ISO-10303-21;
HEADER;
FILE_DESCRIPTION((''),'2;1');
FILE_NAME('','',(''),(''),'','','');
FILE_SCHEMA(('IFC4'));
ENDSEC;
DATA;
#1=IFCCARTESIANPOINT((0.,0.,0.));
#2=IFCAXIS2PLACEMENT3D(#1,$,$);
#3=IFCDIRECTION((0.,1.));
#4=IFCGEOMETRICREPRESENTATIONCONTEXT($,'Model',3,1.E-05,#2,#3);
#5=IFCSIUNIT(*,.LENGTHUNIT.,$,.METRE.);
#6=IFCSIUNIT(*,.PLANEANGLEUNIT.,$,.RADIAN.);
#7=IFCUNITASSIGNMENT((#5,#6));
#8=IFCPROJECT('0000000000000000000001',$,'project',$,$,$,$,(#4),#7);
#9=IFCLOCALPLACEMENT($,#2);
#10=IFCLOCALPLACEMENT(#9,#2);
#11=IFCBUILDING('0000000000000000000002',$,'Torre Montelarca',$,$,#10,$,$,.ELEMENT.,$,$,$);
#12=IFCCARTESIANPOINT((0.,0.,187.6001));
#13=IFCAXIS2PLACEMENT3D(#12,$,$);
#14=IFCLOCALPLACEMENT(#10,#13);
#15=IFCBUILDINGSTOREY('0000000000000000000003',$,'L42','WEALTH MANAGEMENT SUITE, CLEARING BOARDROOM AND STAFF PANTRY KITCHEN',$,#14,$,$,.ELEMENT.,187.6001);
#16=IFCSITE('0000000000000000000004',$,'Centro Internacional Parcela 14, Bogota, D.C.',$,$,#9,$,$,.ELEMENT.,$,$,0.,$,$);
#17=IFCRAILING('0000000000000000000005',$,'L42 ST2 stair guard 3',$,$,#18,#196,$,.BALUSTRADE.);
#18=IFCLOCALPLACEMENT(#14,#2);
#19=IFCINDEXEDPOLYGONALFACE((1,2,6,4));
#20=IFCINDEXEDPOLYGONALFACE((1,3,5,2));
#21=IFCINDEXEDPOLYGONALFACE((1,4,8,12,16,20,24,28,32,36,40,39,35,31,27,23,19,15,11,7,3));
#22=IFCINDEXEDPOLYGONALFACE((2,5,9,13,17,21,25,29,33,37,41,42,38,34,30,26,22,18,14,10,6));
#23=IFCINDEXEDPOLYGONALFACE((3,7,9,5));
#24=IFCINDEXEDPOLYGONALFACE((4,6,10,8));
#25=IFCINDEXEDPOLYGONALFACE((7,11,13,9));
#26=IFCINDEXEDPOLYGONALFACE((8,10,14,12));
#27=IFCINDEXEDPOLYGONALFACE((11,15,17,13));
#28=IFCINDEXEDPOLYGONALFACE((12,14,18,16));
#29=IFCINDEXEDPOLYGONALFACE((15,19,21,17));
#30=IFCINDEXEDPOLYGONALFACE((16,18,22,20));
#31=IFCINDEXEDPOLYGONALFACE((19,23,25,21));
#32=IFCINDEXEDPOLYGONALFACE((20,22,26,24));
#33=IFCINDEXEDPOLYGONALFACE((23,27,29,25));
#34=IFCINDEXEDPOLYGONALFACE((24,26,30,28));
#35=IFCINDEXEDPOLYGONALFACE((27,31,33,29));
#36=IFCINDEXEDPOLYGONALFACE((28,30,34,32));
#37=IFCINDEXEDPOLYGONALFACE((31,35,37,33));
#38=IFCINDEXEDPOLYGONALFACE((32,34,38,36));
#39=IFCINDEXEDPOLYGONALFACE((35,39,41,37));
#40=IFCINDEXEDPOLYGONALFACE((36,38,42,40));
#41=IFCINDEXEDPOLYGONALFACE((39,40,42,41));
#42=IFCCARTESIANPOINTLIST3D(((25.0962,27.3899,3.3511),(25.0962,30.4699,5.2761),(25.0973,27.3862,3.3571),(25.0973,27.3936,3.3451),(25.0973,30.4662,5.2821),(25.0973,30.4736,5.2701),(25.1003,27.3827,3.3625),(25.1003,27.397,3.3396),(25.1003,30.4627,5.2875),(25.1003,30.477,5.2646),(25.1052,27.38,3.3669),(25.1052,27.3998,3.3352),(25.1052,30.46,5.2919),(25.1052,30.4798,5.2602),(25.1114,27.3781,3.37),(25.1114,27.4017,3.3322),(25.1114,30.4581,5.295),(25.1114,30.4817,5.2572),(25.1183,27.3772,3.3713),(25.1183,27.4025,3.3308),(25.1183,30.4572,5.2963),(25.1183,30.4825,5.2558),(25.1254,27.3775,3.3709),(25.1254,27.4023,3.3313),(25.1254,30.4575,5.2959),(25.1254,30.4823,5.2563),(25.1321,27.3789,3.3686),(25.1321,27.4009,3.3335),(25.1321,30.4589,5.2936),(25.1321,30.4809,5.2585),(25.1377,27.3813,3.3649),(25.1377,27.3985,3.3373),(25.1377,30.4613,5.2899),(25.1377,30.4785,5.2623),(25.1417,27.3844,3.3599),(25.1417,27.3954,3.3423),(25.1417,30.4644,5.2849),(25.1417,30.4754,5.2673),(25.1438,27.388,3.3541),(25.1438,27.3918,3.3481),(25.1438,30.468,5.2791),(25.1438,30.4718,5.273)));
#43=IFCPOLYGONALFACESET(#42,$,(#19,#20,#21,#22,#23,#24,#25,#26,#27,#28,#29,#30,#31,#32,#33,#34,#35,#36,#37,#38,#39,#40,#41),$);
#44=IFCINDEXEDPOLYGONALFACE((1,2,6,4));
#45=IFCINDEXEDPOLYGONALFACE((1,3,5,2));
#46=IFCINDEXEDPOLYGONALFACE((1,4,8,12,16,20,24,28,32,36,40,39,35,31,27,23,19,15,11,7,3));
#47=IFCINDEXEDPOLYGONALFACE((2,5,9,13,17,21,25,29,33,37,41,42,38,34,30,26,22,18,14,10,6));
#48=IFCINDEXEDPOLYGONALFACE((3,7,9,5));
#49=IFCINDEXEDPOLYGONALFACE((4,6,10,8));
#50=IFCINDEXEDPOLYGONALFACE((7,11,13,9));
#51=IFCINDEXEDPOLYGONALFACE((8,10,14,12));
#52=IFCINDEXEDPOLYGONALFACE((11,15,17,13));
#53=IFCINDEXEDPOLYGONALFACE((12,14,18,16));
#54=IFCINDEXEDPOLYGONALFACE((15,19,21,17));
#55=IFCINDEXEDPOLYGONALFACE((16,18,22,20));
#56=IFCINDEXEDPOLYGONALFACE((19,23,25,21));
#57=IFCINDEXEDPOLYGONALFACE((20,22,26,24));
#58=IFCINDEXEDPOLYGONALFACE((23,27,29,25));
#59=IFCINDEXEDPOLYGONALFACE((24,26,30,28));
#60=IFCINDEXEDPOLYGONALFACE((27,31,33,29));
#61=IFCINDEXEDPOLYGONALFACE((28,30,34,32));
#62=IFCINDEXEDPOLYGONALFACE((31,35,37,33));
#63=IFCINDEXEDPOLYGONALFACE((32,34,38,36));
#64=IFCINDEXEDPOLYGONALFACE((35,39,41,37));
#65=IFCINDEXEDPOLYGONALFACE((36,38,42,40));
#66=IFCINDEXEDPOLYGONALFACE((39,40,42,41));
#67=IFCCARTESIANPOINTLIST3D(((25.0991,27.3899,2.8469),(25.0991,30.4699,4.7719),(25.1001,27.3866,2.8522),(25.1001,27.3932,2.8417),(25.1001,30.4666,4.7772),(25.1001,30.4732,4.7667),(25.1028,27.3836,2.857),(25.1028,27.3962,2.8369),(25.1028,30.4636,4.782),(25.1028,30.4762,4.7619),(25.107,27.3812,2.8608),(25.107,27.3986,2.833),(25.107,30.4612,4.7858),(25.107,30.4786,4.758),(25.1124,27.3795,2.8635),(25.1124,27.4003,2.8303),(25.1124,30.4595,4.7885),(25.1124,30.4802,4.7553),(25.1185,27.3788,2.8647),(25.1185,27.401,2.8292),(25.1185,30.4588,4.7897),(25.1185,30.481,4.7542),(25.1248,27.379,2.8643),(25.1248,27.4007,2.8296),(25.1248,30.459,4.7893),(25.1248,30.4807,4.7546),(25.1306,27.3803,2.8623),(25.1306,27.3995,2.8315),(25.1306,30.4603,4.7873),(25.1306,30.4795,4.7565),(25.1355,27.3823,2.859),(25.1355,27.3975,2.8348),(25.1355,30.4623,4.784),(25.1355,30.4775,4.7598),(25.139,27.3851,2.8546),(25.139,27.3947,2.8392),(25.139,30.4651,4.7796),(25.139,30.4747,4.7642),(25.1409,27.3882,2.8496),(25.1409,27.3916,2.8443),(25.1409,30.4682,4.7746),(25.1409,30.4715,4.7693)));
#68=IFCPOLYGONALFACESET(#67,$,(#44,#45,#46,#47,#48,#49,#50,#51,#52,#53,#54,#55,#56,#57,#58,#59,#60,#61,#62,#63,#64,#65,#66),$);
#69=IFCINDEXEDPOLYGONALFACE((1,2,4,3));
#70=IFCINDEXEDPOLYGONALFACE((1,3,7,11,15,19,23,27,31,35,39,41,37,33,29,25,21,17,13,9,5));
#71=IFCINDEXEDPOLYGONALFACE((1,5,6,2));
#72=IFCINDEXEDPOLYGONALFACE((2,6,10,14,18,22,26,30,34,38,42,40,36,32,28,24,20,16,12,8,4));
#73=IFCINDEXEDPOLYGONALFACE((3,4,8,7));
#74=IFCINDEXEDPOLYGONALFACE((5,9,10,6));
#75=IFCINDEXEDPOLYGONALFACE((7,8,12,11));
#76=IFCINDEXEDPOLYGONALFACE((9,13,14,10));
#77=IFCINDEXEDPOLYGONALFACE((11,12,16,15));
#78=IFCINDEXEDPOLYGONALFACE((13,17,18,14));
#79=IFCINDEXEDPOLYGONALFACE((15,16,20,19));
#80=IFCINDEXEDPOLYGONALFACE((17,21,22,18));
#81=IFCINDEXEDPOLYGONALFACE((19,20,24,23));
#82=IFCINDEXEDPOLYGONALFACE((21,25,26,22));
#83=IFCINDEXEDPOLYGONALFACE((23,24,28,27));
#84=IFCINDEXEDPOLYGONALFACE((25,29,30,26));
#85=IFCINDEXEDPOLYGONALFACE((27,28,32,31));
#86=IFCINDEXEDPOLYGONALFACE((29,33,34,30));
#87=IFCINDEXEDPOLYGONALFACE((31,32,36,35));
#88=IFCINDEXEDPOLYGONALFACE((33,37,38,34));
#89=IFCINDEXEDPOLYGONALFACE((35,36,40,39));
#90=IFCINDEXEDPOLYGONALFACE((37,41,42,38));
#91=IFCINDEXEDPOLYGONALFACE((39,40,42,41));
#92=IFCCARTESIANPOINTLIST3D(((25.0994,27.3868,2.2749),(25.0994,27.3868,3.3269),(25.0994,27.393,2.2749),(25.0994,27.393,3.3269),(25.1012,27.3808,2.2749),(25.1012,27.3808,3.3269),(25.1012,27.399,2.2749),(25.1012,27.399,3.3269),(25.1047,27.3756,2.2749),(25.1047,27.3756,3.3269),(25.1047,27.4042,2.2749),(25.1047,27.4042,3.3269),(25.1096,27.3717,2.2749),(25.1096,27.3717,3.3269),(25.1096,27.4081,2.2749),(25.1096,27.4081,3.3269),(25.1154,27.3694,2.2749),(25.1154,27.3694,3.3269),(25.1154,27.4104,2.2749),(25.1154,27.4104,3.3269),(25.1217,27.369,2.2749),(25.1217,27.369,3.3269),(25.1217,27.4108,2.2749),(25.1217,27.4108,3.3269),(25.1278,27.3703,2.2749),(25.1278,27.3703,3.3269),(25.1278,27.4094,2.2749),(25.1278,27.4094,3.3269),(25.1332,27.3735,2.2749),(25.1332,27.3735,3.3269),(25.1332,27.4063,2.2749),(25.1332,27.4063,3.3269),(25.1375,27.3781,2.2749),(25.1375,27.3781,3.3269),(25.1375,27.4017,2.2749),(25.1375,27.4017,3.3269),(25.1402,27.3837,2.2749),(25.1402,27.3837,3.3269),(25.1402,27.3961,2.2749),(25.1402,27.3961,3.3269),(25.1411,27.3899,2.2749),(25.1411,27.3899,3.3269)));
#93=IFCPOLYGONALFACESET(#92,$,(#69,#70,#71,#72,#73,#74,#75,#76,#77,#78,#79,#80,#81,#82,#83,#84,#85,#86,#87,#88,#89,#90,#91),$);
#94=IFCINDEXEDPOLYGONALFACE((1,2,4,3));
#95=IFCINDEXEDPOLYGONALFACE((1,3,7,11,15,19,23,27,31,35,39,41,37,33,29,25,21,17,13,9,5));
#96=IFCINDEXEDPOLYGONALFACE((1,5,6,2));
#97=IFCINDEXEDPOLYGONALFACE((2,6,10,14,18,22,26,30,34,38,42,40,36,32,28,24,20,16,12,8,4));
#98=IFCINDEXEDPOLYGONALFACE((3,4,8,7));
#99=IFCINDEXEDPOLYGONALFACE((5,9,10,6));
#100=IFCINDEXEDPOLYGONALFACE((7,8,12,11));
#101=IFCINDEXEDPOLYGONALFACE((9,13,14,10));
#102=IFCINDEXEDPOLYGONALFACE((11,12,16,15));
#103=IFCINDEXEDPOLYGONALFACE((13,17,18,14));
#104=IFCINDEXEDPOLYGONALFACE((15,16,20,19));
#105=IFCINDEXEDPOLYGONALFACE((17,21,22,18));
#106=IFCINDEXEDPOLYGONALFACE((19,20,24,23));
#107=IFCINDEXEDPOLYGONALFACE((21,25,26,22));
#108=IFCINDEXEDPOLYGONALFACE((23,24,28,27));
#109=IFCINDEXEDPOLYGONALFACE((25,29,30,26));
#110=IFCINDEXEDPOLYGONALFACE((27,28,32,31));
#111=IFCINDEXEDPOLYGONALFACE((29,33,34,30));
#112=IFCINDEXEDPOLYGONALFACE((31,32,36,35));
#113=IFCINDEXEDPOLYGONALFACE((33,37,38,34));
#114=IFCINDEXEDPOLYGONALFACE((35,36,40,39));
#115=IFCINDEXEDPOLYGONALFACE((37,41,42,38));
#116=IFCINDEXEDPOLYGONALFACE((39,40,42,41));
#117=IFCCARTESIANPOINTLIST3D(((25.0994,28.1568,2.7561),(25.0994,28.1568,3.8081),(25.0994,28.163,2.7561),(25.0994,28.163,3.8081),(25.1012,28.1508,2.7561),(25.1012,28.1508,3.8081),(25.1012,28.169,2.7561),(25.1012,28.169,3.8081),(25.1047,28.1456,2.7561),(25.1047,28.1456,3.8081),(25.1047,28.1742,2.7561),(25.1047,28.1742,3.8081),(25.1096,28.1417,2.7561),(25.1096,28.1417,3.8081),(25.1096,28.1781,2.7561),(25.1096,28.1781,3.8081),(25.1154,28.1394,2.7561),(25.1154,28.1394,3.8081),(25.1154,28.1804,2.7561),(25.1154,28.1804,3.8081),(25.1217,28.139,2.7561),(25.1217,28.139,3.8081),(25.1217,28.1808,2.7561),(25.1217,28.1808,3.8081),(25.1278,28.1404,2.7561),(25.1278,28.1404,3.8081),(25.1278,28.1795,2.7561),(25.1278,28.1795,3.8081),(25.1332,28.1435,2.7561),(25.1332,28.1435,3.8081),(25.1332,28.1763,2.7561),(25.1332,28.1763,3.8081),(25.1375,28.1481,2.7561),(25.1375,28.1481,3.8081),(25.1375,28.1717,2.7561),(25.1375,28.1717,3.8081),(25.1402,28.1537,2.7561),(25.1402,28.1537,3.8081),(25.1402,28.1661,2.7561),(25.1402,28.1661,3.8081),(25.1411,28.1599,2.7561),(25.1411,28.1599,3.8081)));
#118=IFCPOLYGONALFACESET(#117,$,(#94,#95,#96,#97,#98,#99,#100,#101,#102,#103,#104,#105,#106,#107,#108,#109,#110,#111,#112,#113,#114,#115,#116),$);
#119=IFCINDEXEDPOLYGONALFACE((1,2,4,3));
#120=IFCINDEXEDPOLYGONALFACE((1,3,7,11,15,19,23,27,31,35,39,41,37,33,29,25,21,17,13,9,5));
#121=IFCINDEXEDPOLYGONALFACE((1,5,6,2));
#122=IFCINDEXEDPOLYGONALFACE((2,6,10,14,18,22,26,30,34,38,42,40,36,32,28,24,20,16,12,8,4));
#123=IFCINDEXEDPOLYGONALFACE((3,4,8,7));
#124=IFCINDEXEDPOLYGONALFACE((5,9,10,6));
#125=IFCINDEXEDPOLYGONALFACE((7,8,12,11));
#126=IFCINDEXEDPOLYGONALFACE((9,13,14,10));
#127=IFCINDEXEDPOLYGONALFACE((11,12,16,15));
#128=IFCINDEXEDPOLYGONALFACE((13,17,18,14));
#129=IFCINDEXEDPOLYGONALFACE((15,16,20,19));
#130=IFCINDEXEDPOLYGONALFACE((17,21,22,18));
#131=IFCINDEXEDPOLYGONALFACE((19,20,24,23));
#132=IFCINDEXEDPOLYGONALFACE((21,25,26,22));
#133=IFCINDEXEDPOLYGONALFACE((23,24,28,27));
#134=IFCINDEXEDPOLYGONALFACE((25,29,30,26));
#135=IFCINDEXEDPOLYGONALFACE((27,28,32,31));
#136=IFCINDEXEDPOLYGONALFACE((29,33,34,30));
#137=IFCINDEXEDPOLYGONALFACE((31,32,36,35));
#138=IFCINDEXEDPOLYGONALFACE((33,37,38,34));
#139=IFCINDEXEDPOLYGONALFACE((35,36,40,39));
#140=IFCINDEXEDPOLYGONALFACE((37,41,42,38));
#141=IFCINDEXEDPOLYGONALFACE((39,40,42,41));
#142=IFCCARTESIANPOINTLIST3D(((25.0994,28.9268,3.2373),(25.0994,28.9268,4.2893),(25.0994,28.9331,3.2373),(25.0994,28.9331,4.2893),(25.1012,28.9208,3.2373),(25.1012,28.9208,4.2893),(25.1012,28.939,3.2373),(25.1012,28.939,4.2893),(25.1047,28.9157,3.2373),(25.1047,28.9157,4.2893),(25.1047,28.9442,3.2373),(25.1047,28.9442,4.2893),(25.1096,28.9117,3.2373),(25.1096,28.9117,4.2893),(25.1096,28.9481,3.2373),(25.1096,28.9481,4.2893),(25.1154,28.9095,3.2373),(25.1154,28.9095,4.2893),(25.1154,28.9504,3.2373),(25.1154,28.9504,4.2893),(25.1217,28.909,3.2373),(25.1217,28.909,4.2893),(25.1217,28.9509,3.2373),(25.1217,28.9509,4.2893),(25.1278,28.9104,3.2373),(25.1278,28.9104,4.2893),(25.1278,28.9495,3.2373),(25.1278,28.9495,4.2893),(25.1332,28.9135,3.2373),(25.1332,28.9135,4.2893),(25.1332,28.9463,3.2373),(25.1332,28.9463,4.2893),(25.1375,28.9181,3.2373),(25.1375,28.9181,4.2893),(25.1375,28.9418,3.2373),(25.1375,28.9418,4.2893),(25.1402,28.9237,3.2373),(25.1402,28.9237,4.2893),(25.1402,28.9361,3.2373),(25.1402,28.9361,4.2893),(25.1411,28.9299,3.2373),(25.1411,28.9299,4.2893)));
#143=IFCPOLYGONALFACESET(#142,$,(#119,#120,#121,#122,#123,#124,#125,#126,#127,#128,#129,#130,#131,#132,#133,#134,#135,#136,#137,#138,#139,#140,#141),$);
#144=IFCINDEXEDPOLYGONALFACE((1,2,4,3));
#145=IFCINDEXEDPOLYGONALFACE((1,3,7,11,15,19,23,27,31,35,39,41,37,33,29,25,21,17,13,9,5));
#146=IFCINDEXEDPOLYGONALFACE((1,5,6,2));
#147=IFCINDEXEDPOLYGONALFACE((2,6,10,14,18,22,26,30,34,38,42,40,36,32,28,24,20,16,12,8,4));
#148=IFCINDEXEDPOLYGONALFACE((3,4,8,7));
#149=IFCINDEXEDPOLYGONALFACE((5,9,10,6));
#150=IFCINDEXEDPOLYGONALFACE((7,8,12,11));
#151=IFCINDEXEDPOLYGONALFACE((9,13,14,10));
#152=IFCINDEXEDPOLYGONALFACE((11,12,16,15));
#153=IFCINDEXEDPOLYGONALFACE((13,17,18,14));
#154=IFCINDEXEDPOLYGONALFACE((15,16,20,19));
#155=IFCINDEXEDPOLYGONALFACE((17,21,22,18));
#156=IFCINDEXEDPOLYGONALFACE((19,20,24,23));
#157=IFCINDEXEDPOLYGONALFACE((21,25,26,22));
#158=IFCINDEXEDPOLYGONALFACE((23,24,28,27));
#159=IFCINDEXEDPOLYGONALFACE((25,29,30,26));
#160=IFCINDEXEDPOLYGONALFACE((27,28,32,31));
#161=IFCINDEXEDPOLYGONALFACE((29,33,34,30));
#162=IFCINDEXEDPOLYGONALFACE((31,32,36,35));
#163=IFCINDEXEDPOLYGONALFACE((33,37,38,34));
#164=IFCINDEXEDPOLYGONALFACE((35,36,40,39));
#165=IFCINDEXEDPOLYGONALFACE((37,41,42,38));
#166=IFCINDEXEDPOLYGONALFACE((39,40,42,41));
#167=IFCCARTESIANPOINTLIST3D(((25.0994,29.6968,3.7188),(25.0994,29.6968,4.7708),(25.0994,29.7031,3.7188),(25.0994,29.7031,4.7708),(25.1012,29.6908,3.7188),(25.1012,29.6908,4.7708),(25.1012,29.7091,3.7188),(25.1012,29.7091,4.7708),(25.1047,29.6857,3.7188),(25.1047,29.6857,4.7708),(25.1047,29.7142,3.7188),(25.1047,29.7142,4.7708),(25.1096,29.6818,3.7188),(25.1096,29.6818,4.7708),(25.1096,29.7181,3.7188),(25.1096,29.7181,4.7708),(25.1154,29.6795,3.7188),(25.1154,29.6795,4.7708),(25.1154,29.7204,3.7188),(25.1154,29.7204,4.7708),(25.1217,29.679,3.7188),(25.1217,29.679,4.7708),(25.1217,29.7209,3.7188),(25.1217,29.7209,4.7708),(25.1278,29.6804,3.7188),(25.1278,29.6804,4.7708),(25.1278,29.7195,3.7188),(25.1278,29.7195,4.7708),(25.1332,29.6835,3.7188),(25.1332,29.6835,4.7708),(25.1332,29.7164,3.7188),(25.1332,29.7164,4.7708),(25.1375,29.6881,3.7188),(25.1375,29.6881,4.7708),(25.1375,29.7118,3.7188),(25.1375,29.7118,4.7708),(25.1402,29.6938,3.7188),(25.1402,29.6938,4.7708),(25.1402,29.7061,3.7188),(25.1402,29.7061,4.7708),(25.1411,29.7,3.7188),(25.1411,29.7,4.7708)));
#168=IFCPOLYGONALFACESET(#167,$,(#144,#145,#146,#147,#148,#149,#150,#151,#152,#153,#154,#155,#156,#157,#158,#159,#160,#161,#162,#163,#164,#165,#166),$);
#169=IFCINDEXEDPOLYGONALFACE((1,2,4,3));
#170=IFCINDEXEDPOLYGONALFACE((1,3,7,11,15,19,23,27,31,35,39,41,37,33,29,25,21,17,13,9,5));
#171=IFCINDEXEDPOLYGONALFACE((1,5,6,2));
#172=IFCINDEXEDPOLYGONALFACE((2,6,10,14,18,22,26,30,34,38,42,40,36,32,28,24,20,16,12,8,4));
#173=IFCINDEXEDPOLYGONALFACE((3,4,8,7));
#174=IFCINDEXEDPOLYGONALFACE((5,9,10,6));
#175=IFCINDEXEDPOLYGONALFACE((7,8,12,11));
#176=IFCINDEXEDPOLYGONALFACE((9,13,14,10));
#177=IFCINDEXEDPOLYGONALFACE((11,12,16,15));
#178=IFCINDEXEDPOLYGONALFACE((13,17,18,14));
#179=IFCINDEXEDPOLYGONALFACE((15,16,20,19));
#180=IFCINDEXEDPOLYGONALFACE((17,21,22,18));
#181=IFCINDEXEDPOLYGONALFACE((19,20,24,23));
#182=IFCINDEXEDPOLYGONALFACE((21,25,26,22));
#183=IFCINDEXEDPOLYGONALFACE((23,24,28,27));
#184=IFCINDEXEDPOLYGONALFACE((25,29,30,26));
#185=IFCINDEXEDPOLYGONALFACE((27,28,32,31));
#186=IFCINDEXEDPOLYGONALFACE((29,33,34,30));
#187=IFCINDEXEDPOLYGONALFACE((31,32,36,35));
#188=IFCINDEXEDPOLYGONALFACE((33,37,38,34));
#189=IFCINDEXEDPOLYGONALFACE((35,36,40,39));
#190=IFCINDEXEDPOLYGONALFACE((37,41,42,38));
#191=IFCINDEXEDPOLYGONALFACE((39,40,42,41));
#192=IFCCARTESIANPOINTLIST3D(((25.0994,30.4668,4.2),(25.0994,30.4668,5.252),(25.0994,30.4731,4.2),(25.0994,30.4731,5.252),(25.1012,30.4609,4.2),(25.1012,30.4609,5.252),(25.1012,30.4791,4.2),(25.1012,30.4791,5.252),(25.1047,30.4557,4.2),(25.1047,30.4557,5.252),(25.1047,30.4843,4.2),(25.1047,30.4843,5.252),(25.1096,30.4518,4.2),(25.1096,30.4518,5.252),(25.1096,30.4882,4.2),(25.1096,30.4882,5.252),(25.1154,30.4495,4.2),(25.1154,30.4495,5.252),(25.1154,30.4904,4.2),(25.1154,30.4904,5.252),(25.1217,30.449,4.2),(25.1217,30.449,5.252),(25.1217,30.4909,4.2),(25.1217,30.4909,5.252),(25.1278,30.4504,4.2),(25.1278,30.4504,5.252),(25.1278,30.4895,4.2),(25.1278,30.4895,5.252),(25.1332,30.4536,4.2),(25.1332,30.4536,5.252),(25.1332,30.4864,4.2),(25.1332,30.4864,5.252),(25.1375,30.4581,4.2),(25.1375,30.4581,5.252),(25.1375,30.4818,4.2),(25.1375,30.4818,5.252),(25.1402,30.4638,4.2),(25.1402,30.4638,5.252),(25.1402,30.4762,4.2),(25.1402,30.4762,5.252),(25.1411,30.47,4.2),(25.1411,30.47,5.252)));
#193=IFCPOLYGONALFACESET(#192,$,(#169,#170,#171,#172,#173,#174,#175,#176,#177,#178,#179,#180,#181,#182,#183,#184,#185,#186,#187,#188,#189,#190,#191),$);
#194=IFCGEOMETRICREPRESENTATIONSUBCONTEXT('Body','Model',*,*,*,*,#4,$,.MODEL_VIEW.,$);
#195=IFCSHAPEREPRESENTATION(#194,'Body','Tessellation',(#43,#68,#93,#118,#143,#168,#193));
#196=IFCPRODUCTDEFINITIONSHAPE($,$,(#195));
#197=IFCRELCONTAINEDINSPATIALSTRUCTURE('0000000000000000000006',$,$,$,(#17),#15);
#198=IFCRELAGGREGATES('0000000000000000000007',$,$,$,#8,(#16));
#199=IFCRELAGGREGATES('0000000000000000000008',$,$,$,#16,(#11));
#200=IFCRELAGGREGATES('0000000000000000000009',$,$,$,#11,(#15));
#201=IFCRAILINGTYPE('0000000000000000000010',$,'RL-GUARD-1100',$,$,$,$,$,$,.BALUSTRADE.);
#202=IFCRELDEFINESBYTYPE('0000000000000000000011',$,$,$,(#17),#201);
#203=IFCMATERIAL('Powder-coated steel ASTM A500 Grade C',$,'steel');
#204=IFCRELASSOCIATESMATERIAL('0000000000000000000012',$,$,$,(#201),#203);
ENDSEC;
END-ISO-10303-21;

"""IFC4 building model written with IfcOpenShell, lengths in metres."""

from ifc_helpers import new_model, si_unit, direction, frame, origin, origin_2d, place, context, subcontext, project, spatial, circle, extrude, material, type_object, element, save


model = new_model("IFC4")

# Units and contexts
model_context = context("Model", 3, precision=1e-05, world=origin(), true_north=direction((0.0, 1.0)))
body_context = subcontext(model_context, "Body", "Model", "MODEL_VIEW")
ifc_project = project(units=[si_unit("LENGTHUNIT", "METRE"), si_unit("PLANEANGLEUNIT", "RADIAN")], contexts=[model_context])

# Site, building, storey
site_placement = place(None, origin())
site = spatial("IfcSite", under=ifc_project, at=site_placement, Name="Centro Internacional Parcela 14, Bogota, D.C.", CompositionType="ELEMENT", RefElevation=0.0)
building_placement = place(site_placement, origin())
building = spatial("IfcBuilding", under=site, at=building_placement, Name="Torre Montelarca", CompositionType="ELEMENT")
storey_placement = place(building_placement, frame((0.0, 0.0, 187.6001)))
storey = spatial("IfcBuildingStorey", under=building, at=storey_placement, Name="L42", Description="WEALTH MANAGEMENT SUITE, CLEARING BOARDROOM AND STAFF PANTRY KITCHEN", CompositionType="ELEMENT", Elevation=187.6001)

# Railing
ifc_material_1 = material(Name="Powder-coated steel ASTM A500 Grade C", Category="steel")
railing_type_1 = type_object("IfcRailingType", Name="RL-GUARD-1100", PredefinedType="BALUSTRADE", material=ifc_material_1)
railing_1_placement = place(storey_placement, frame((25.1201, 27.3899, 2.2749)))
element("IfcRailing", 1, at=railing_1_placement, inside=storey, type_object=railing_type_1, Name="L42 ST2 stair guard 3", PredefinedType="BALUSTRADE", context=body_context, shape_type="SweptSolid", body=[
    extrude(circle(Radius=0.0239, at=origin_2d()), frame((0.0, 0.0, 1.0762), z_axis=(0.0, 0.847998, 0.529999), x_axis=(-1.0, 0.0, 0.0)), (0.0, 0.0, 1.0), 3.6321),
    extrude(circle(Radius=0.021, at=origin_2d()), frame((0.0, 0.0, 0.572), z_axis=(0.0, 0.847998, 0.529999), x_axis=(-1.0, 0.0, 0.0)), (0.0, 0.0, 1.0), 3.6321),
    extrude(circle(Radius=0.021, at=origin_2d()), origin(), (0.0, 0.0, 1.0), 1.052),
    extrude(circle(Radius=0.021, at=origin_2d()), frame((0.0, 0.77, 0.4812)), (0.0, 0.0, 1.0), 1.052),
    extrude(circle(Radius=0.021, at=origin_2d()), frame((0.0, 1.54, 0.9624)), (0.0, 0.0, 1.0), 1.052),
    extrude(circle(Radius=0.021, at=origin_2d()), frame((0.0, 2.3101, 1.4438)), (0.0, 0.0, 1.0), 1.052),
    extrude(circle(Radius=0.021, at=origin_2d()), frame((0.0, 3.0801, 1.925)), (0.0, 0.0, 1.0), 1.052),
])

save(model, "model.ifc")
